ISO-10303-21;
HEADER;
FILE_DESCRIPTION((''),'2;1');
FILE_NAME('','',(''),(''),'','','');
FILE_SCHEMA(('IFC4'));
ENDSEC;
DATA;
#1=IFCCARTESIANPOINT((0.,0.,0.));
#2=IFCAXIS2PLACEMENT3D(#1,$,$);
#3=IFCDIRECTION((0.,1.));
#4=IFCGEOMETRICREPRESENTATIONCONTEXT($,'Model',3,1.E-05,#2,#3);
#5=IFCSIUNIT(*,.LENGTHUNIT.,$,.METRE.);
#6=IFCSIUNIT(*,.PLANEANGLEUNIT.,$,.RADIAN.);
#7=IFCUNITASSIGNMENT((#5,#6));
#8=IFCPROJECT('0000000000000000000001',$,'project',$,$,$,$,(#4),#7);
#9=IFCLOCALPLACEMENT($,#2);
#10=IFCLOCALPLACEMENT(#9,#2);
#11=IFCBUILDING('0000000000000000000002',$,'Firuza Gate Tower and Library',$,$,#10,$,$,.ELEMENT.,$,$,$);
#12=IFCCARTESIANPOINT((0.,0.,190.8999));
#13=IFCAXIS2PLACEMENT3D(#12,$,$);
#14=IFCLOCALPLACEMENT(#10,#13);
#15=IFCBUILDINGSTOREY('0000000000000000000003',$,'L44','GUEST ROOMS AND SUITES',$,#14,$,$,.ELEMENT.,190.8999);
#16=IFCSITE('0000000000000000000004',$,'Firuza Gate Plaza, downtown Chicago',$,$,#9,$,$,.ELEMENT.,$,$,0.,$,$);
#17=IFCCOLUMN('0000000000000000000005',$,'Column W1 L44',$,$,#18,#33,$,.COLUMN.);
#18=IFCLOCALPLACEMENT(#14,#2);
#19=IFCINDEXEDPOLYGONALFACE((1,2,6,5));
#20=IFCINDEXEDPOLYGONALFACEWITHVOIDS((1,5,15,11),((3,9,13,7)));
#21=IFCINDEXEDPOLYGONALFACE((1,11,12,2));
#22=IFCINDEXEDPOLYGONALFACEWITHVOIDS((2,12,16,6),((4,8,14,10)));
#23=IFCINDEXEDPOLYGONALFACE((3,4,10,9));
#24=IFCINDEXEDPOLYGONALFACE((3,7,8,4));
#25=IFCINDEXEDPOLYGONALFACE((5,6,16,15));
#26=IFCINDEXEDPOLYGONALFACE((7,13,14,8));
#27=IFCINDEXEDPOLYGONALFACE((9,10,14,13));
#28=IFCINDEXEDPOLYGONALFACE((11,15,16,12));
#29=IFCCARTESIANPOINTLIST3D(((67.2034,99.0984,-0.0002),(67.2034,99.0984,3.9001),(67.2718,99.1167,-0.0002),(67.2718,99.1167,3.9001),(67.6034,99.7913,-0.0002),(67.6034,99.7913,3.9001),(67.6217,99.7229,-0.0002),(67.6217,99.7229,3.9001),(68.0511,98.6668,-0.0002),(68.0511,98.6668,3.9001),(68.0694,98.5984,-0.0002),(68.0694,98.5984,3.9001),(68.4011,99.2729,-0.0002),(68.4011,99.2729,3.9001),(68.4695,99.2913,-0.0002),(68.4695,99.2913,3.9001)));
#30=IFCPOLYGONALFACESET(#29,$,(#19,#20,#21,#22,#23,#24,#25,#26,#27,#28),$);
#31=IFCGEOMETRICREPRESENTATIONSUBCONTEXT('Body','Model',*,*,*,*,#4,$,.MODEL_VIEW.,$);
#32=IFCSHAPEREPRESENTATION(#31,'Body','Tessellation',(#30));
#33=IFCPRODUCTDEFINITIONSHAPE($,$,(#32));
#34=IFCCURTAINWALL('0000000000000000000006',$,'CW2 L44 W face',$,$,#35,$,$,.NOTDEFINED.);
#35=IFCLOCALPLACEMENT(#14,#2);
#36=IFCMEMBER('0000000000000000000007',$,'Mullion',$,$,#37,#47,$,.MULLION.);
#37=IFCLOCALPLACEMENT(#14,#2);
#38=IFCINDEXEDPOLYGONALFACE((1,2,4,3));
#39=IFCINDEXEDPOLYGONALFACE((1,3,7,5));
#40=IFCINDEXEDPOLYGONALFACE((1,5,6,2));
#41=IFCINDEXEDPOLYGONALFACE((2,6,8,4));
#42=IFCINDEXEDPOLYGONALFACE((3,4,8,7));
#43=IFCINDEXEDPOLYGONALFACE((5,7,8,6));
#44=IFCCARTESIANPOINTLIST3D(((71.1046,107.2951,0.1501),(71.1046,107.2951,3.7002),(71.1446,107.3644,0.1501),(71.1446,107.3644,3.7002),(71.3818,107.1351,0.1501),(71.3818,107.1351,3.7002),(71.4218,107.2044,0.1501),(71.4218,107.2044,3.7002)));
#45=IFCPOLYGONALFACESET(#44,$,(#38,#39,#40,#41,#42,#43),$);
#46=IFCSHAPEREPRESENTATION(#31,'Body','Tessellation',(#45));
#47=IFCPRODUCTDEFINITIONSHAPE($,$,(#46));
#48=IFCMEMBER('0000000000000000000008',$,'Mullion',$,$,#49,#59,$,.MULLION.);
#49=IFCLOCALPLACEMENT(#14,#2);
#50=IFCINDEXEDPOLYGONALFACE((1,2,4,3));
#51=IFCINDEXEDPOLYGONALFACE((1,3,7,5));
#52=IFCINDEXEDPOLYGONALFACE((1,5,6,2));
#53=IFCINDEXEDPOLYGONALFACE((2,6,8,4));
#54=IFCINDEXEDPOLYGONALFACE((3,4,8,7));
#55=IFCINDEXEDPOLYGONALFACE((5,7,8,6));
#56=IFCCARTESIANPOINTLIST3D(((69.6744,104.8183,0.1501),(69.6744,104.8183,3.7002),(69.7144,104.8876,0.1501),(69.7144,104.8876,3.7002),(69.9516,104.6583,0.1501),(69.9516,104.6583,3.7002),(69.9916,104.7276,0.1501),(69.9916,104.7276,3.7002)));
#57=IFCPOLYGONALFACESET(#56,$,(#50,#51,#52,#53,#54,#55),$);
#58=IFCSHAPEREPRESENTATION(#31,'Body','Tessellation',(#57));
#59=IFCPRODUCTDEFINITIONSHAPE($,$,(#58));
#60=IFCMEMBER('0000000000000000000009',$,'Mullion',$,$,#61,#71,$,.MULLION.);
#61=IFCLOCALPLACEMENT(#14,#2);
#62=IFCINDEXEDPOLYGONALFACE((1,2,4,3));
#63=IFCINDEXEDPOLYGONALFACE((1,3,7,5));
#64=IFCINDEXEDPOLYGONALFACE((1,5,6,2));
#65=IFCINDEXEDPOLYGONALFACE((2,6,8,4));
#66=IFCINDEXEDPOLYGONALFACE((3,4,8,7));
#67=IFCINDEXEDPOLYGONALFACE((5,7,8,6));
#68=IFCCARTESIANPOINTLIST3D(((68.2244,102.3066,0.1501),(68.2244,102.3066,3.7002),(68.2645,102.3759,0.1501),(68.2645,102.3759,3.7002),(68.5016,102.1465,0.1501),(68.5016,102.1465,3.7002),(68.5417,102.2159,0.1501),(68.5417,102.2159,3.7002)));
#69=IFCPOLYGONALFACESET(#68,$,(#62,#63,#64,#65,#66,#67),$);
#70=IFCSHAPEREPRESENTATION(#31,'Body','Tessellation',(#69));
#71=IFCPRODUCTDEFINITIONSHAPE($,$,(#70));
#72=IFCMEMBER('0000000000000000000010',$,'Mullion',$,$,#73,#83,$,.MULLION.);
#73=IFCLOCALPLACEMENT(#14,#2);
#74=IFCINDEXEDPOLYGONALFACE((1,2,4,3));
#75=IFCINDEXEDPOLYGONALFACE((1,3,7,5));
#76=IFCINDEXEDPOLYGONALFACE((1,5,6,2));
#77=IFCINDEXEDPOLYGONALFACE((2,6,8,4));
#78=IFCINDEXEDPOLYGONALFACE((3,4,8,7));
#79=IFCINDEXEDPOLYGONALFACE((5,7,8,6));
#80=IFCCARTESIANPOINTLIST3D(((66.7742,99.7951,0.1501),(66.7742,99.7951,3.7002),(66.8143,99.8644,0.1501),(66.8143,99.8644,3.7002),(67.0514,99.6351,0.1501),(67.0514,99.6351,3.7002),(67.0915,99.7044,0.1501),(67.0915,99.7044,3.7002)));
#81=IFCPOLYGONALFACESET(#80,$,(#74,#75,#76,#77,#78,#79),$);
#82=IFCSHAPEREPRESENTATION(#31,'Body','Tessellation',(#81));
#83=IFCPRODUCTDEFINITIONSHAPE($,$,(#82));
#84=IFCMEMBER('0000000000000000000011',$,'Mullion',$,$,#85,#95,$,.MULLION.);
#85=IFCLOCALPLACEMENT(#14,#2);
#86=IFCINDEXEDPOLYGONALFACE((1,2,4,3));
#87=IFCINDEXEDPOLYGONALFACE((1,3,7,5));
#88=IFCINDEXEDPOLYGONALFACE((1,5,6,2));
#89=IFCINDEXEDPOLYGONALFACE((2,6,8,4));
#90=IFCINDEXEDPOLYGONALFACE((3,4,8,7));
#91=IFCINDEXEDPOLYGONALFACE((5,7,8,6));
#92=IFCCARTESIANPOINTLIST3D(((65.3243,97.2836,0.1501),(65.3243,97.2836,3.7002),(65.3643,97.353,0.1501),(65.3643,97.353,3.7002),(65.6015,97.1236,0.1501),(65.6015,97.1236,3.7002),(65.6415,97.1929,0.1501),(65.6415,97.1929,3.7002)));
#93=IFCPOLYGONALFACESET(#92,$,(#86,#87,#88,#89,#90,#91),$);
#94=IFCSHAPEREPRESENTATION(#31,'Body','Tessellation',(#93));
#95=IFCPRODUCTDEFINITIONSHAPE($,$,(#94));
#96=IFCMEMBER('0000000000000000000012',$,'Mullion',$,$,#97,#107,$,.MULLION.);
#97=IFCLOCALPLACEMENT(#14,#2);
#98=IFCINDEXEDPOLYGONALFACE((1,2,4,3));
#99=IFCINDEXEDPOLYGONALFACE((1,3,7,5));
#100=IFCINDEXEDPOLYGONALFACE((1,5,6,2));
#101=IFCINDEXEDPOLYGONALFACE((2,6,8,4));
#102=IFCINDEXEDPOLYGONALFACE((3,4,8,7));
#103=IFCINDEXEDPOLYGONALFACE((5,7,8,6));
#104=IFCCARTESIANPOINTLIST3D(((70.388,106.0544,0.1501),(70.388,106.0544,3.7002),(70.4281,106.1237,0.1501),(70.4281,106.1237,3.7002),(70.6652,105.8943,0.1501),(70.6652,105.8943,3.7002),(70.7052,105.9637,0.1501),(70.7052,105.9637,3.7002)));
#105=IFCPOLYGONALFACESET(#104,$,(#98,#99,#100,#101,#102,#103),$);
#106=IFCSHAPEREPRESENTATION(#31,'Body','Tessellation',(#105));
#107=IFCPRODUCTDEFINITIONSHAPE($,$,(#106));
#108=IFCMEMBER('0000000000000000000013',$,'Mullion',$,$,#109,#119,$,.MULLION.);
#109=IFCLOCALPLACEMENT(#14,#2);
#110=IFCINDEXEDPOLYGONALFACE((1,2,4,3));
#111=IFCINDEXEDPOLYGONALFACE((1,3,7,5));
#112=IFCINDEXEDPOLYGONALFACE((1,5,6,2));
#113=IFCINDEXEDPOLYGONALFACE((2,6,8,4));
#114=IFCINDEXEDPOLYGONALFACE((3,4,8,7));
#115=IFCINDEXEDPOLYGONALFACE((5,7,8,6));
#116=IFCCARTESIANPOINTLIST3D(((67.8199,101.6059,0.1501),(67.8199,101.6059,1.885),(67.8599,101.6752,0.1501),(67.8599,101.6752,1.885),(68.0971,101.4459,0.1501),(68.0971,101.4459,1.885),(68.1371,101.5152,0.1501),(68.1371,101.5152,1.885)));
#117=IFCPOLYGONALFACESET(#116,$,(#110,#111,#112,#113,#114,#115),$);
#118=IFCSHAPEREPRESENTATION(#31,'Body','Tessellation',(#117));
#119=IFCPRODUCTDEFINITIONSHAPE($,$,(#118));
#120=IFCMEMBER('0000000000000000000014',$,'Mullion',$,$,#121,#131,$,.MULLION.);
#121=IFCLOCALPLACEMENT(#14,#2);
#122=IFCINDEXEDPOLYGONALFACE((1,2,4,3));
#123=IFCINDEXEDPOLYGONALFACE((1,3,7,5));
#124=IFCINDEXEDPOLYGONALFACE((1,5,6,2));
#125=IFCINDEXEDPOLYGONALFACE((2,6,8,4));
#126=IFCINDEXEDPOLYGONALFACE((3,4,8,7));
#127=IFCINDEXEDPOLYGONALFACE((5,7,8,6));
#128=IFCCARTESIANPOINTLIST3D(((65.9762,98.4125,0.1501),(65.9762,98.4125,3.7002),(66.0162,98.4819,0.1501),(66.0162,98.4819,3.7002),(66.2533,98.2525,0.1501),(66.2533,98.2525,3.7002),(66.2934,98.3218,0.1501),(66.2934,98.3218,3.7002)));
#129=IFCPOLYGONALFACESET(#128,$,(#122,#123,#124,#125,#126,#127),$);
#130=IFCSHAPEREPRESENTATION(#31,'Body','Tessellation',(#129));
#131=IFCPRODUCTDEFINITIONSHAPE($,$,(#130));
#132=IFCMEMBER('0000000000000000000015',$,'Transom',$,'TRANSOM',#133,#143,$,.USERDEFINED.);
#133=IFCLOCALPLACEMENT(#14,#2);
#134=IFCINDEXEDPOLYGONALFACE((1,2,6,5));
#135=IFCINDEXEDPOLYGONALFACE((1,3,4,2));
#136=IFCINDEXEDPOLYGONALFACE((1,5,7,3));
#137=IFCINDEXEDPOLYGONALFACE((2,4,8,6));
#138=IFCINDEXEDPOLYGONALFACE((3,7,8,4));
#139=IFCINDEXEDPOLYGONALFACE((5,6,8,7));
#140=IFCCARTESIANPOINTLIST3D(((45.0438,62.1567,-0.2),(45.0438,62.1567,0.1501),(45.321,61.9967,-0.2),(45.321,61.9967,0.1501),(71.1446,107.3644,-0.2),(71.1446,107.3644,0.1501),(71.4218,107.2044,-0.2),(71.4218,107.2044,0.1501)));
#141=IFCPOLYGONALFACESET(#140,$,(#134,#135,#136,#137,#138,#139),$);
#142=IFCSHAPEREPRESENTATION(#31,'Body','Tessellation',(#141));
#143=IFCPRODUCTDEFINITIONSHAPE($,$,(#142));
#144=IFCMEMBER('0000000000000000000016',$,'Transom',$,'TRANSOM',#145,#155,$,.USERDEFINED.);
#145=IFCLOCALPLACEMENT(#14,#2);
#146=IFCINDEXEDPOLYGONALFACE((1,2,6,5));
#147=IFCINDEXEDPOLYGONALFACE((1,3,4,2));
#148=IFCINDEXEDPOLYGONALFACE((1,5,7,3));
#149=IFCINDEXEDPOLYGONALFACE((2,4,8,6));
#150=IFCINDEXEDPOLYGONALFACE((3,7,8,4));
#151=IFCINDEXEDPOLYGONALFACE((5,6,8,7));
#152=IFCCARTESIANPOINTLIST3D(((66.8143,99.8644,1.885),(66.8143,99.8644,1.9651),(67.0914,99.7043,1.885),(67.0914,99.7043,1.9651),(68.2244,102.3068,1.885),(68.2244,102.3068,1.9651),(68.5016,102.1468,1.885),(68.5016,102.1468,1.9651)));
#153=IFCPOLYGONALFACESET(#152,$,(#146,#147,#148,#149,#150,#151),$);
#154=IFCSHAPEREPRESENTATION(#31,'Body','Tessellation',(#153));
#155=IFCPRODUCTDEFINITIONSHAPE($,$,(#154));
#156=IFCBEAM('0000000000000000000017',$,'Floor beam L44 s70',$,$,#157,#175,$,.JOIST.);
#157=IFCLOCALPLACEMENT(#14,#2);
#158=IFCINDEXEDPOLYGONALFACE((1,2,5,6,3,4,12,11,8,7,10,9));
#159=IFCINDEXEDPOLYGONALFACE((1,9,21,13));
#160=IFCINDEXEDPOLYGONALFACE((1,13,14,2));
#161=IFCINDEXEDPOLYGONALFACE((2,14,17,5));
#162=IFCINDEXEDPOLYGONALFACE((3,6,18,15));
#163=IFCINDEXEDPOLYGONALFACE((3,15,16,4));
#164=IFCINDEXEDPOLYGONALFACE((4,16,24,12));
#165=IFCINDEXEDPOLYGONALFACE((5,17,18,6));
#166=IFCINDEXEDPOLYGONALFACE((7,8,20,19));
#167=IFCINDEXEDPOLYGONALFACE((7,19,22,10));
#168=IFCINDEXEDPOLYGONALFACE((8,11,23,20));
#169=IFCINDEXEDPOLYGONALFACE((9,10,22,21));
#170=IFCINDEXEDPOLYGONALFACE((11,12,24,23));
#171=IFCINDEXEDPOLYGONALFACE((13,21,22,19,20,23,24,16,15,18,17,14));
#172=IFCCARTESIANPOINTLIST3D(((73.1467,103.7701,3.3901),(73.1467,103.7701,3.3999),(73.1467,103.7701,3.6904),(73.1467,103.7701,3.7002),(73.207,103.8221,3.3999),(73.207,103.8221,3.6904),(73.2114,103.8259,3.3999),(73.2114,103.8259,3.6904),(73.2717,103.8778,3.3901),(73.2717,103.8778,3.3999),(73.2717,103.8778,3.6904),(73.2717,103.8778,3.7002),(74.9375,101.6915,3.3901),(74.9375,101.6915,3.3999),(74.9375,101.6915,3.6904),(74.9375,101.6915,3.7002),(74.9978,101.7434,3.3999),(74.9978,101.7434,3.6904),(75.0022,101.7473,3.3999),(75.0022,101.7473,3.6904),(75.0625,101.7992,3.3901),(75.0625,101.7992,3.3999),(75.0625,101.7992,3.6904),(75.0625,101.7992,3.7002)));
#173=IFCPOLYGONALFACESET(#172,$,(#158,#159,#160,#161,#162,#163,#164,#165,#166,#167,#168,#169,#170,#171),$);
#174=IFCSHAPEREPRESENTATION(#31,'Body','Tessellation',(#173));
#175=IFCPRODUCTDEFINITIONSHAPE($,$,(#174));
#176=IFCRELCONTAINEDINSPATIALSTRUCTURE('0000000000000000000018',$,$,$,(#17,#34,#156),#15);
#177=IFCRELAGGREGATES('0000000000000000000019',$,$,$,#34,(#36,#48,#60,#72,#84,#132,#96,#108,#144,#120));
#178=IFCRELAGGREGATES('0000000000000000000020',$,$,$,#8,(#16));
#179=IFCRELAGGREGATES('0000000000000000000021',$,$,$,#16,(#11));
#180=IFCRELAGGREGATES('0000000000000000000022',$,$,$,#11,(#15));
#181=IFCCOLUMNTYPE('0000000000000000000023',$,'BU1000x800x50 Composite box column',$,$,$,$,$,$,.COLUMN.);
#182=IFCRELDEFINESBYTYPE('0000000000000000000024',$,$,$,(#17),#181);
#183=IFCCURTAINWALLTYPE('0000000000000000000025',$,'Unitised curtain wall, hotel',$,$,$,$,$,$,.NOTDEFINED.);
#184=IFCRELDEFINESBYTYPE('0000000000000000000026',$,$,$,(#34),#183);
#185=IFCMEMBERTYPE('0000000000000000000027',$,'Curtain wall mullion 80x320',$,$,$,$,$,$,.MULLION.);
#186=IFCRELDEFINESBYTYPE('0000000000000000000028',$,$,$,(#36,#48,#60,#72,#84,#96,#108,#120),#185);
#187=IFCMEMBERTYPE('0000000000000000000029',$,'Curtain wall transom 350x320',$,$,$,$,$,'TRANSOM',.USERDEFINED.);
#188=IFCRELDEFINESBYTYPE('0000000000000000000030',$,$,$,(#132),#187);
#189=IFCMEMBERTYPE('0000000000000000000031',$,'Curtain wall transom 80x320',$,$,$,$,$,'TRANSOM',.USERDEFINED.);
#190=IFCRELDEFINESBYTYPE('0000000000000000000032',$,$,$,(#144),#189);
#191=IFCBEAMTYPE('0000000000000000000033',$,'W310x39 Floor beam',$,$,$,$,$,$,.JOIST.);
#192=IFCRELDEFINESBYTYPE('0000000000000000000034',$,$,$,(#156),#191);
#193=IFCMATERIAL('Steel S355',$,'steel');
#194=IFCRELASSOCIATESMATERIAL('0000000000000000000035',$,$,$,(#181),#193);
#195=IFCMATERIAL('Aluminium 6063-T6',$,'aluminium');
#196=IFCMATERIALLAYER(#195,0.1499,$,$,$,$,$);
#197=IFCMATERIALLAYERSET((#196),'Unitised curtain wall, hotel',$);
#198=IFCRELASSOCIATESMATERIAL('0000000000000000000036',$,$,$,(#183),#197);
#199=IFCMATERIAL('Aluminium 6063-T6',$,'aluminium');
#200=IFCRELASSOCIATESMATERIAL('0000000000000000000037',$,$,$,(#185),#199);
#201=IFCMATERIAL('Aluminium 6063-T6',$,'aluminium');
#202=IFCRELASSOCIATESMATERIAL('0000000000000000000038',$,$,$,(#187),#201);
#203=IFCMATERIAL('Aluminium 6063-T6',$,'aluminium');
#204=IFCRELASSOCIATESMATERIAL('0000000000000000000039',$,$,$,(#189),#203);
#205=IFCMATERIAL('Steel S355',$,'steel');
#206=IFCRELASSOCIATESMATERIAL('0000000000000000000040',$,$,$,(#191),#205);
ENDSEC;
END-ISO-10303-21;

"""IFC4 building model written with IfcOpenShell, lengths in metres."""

from ifc_helpers import new_model, si_unit, direction, frame, origin, origin_2d, place, context, subcontext, project, spatial, rectangle, hollow_rectangle, i_section, extrude, material, layer, layer_set, material_profile, profile_set, type_object, element, aggregate, save


model = new_model("IFC4")

# Units and contexts
model_context = context("Model", 3, precision=1e-05, world=origin(), true_north=direction((0.0, 1.0)))
body_context = subcontext(model_context, "Body", "Model", "MODEL_VIEW")
ifc_project = project(units=[si_unit("LENGTHUNIT", "METRE"), si_unit("PLANEANGLEUNIT", "RADIAN")], contexts=[model_context])

# Site, building, storey
site_placement = place(None, origin())
site = spatial("IfcSite", under=ifc_project, at=site_placement, Name="Firuza Gate Plaza, downtown Chicago", CompositionType="ELEMENT", RefElevation=0.0)
building_placement = place(site_placement, origin())
building = spatial("IfcBuilding", under=site, at=building_placement, Name="Firuza Gate Tower and Library", CompositionType="ELEMENT")
storey_placement = place(building_placement, frame((0.0, 0.0, 190.8999)))
storey = spatial("IfcBuildingStorey", under=building, at=storey_placement, Name="L44", Description="GUEST ROOMS AND SUITES", CompositionType="ELEMENT", Elevation=190.8999)

# Column
ifc_material_1 = material(Name="Steel S355", Category="steel")
ifc_material_profile_1 = material_profile(ifc_material_1, hollow_rectangle(XDim=0.8, YDim=1.0, WallThickness=0.05, at=origin_2d()))
ifc_profile_set_1 = profile_set([ifc_material_profile_1], Name="Steel S355")
column_type = type_object("IfcColumnType", Name="BU1000x800x50 Composite box column", PredefinedType="COLUMN", material=ifc_profile_set_1)
column_placement = place(storey_placement, frame((67.8364, 99.1948, -0.0002), z_axis=(0.0, 0.0, 1.0), x_axis=(-0.5, -0.866025, 0.0)))
element("IfcColumn", 1, at=column_placement, inside=storey, type_object=column_type, Name="Column W1 L44", PredefinedType="COLUMN", context=body_context, shape_type="SweptSolid", body=[
    extrude(hollow_rectangle(XDim=0.8, YDim=1.0, WallThickness=0.05, at=origin_2d()), origin(), (0.0, 0.0, 1.0), 3.9004),
])

# Curtain wall, members
ifc_material_2 = material(Name="Aluminium 6063-T6", Category="aluminium")
ifc_layer_1 = layer(ifc_material_2, 0.1499)
ifc_layer_set_1 = layer_set([ifc_layer_1], Name="Unitised curtain wall, hotel")
curtain_wall_type = type_object("IfcCurtainWallType", Name="Unitised curtain wall, hotel", PredefinedType="NOTDEFINED", material=ifc_layer_set_1)
curtain_wall_placement = place(storey_placement, origin())
curtain_wall = element("IfcCurtainWall", 2, at=curtain_wall_placement, inside=storey, type_object=curtain_wall_type, Name="CW2 L44 W face", PredefinedType="NOTDEFINED")
ifc_material_3 = material(Name="Aluminium 6063-T6", Category="aluminium")
ifc_material_profile_2 = material_profile(ifc_material_3, rectangle(XDim=0.3201, YDim=0.0801, at=origin_2d()))
ifc_profile_set_2 = profile_set([ifc_material_profile_2], Name="Aluminium 6063-T6")
member_type_1 = type_object("IfcMemberType", Name="Curtain wall mullion 80x320", PredefinedType="MULLION", material=ifc_profile_set_2)
member_1_placement = place(storey_placement, frame((71.2632, 107.2498, 0.1501), z_axis=(0.0, 0.0, 1.0), x_axis=(0.866025, -0.5, 0.0)))
member_1 = element("IfcMember", 3, at=member_1_placement, type_object=member_type_1, Name="Mullion", PredefinedType="MULLION", context=body_context, shape_type="SweptSolid", body=[
    extrude(rectangle(XDim=0.3201, YDim=0.0801, at=origin_2d()), origin(), (0.0, 0.0, 1.0), 3.55),
])
member_2_placement = place(storey_placement, frame((69.833, 104.7729, 0.1501), z_axis=(0.0, 0.0, 1.0), x_axis=(0.866025, -0.5, 0.0)))
member_2 = element("IfcMember", 4, at=member_2_placement, type_object=member_type_1, Name="Mullion", PredefinedType="MULLION", context=body_context, shape_type="SweptSolid", body=[
    extrude(rectangle(XDim=0.3201, YDim=0.0801, at=origin_2d()), origin(), (0.0, 0.0, 1.0), 3.55),
])
member_3_placement = place(storey_placement, frame((68.3831, 102.2612, 0.1501), z_axis=(0.0, 0.0, 1.0), x_axis=(0.866025, -0.5, 0.0)))
member_3 = element("IfcMember", 5, at=member_3_placement, type_object=member_type_1, Name="Mullion", PredefinedType="MULLION", context=body_context, shape_type="SweptSolid", body=[
    extrude(rectangle(XDim=0.3201, YDim=0.0801, at=origin_2d()), origin(), (0.0, 0.0, 1.0), 3.55),
])
member_4_placement = place(storey_placement, frame((66.9329, 99.7498, 0.1501), z_axis=(0.0, 0.0, 1.0), x_axis=(0.866025, -0.5, 0.0)))
member_4 = element("IfcMember", 6, at=member_4_placement, type_object=member_type_1, Name="Mullion", PredefinedType="MULLION", context=body_context, shape_type="SweptSolid", body=[
    extrude(rectangle(XDim=0.3201, YDim=0.0801, at=origin_2d()), origin(), (0.0, 0.0, 1.0), 3.55),
])
member_5_placement = place(storey_placement, frame((65.4829, 97.2383, 0.1501), z_axis=(0.0, 0.0, 1.0), x_axis=(0.866025, -0.5, 0.0)))
member_5 = element("IfcMember", 7, at=member_5_placement, type_object=member_type_1, Name="Mullion", PredefinedType="MULLION", context=body_context, shape_type="SweptSolid", body=[
    extrude(rectangle(XDim=0.3201, YDim=0.0801, at=origin_2d()), origin(), (0.0, 0.0, 1.0), 3.55),
])
member_6_placement = place(storey_placement, frame((70.5466, 106.009, 0.1501), z_axis=(0.0, 0.0, 1.0), x_axis=(0.866025, -0.5, 0.0)))
member_6 = element("IfcMember", 8, at=member_6_placement, type_object=member_type_1, Name="Mullion", PredefinedType="MULLION", context=body_context, shape_type="SweptSolid", body=[
    extrude(rectangle(XDim=0.3201, YDim=0.0801, at=origin_2d()), origin(), (0.0, 0.0, 1.0), 3.55),
])
member_7_placement = place(storey_placement, frame((67.9785, 101.5605, 0.1501), z_axis=(0.0, 0.0, 1.0), x_axis=(0.866025, -0.5, 0.0)))
member_7 = element("IfcMember", 9, at=member_7_placement, type_object=member_type_1, Name="Mullion", PredefinedType="MULLION", context=body_context, shape_type="SweptSolid", body=[
    extrude(rectangle(XDim=0.3201, YDim=0.0801, at=origin_2d()), origin(), (0.0, 0.0, 1.0), 1.7349),
])
member_8_placement = place(storey_placement, frame((66.1348, 98.3672, 0.1501), z_axis=(0.0, 0.0, 1.0), x_axis=(0.866025, -0.5, 0.0)))
member_8 = element("IfcMember", 10, at=member_8_placement, type_object=member_type_1, Name="Mullion", PredefinedType="MULLION", context=body_context, shape_type="SweptSolid", body=[
    extrude(rectangle(XDim=0.3201, YDim=0.0801, at=origin_2d()), origin(), (0.0, 0.0, 1.0), 3.55),
])
ifc_material_4 = material(Name="Aluminium 6063-T6", Category="aluminium")
ifc_material_profile_3 = material_profile(ifc_material_4, rectangle(XDim=0.3201, YDim=0.3501, at=origin_2d()))
ifc_profile_set_3 = profile_set([ifc_material_profile_3], Name="Aluminium 6063-T6")
member_type_2 = type_object("IfcMemberType", Name="Curtain wall transom 350x320", ElementType="TRANSOM", PredefinedType="USERDEFINED", material=ifc_profile_set_3)
member_9_placement = place(storey_placement, frame((71.2832, 107.2844, -0.0249), z_axis=(-0.500002, -0.866024, 0.0), x_axis=(0.866024, -0.500002, 0.0)))
member_9 = element("IfcMember", 11, at=member_9_placement, type_object=member_type_2, Name="Transom", ObjectType="TRANSOM", PredefinedType="USERDEFINED", context=body_context, shape_type="SweptSolid", body=[
    extrude(rectangle(XDim=0.3201, YDim=0.3501, at=origin_2d()), origin(), (0.0, 0.0, 1.0), 52.2014),
])
ifc_material_5 = material(Name="Aluminium 6063-T6", Category="aluminium")
ifc_material_profile_4 = material_profile(ifc_material_5, rectangle(XDim=0.3201, YDim=0.0801, at=origin_2d()))
ifc_profile_set_4 = profile_set([ifc_material_profile_4], Name="Aluminium 6063-T6")
member_type_3 = type_object("IfcMemberType", Name="Curtain wall transom 80x320", ElementType="TRANSOM", PredefinedType="USERDEFINED", material=ifc_profile_set_4)
member_10_placement = place(storey_placement, frame((68.363, 102.2268, 1.925), z_axis=(-0.500012, -0.866018, 0.0), x_axis=(0.866018, -0.500012, 0.0)))
member_10 = element("IfcMember", 12, at=member_10_placement, type_object=member_type_3, Name="Transom", ObjectType="TRANSOM", PredefinedType="USERDEFINED", context=body_context, shape_type="SweptSolid", body=[
    extrude(rectangle(XDim=0.3201, YDim=0.0801, at=origin_2d()), origin(), (0.0, 0.0, 1.0), 2.8203),
])

# Beam
ifc_material_6 = material(Name="Steel S355", Category="steel")
ifc_material_profile_5 = material_profile(ifc_material_6, i_section(OverallWidth=0.165, OverallDepth=0.3101, WebThickness=0.0059, FlangeThickness=0.0098, at=origin_2d()))
ifc_profile_set_5 = profile_set([ifc_material_profile_5], Name="Steel S355")
beam_type_1 = type_object("IfcBeamType", Name="W310x39 Floor beam", PredefinedType="JOIST", material=ifc_profile_set_5)
beam_1_placement = place(storey_placement, frame((73.2092, 103.824, 3.5452), z_axis=(0.652702, -0.757615, 0.0), x_axis=(0.757615, 0.652702, 0.0)))
element("IfcBeam", 13, at=beam_1_placement, inside=storey, type_object=beam_type_1, Name="Floor beam L44 s70", PredefinedType="JOIST", context=body_context, shape_type="SweptSolid", body=[
    extrude(i_section(OverallWidth=0.165, OverallDepth=0.3101, WebThickness=0.0059, FlangeThickness=0.0098, at=origin_2d()), origin(), (0.0, 0.0, 1.0), 2.7437),
])

aggregate(curtain_wall, [member_1, member_2, member_3, member_4, member_5, member_9, member_6, member_7, member_10, member_8])

save(model, "model.ifc")
